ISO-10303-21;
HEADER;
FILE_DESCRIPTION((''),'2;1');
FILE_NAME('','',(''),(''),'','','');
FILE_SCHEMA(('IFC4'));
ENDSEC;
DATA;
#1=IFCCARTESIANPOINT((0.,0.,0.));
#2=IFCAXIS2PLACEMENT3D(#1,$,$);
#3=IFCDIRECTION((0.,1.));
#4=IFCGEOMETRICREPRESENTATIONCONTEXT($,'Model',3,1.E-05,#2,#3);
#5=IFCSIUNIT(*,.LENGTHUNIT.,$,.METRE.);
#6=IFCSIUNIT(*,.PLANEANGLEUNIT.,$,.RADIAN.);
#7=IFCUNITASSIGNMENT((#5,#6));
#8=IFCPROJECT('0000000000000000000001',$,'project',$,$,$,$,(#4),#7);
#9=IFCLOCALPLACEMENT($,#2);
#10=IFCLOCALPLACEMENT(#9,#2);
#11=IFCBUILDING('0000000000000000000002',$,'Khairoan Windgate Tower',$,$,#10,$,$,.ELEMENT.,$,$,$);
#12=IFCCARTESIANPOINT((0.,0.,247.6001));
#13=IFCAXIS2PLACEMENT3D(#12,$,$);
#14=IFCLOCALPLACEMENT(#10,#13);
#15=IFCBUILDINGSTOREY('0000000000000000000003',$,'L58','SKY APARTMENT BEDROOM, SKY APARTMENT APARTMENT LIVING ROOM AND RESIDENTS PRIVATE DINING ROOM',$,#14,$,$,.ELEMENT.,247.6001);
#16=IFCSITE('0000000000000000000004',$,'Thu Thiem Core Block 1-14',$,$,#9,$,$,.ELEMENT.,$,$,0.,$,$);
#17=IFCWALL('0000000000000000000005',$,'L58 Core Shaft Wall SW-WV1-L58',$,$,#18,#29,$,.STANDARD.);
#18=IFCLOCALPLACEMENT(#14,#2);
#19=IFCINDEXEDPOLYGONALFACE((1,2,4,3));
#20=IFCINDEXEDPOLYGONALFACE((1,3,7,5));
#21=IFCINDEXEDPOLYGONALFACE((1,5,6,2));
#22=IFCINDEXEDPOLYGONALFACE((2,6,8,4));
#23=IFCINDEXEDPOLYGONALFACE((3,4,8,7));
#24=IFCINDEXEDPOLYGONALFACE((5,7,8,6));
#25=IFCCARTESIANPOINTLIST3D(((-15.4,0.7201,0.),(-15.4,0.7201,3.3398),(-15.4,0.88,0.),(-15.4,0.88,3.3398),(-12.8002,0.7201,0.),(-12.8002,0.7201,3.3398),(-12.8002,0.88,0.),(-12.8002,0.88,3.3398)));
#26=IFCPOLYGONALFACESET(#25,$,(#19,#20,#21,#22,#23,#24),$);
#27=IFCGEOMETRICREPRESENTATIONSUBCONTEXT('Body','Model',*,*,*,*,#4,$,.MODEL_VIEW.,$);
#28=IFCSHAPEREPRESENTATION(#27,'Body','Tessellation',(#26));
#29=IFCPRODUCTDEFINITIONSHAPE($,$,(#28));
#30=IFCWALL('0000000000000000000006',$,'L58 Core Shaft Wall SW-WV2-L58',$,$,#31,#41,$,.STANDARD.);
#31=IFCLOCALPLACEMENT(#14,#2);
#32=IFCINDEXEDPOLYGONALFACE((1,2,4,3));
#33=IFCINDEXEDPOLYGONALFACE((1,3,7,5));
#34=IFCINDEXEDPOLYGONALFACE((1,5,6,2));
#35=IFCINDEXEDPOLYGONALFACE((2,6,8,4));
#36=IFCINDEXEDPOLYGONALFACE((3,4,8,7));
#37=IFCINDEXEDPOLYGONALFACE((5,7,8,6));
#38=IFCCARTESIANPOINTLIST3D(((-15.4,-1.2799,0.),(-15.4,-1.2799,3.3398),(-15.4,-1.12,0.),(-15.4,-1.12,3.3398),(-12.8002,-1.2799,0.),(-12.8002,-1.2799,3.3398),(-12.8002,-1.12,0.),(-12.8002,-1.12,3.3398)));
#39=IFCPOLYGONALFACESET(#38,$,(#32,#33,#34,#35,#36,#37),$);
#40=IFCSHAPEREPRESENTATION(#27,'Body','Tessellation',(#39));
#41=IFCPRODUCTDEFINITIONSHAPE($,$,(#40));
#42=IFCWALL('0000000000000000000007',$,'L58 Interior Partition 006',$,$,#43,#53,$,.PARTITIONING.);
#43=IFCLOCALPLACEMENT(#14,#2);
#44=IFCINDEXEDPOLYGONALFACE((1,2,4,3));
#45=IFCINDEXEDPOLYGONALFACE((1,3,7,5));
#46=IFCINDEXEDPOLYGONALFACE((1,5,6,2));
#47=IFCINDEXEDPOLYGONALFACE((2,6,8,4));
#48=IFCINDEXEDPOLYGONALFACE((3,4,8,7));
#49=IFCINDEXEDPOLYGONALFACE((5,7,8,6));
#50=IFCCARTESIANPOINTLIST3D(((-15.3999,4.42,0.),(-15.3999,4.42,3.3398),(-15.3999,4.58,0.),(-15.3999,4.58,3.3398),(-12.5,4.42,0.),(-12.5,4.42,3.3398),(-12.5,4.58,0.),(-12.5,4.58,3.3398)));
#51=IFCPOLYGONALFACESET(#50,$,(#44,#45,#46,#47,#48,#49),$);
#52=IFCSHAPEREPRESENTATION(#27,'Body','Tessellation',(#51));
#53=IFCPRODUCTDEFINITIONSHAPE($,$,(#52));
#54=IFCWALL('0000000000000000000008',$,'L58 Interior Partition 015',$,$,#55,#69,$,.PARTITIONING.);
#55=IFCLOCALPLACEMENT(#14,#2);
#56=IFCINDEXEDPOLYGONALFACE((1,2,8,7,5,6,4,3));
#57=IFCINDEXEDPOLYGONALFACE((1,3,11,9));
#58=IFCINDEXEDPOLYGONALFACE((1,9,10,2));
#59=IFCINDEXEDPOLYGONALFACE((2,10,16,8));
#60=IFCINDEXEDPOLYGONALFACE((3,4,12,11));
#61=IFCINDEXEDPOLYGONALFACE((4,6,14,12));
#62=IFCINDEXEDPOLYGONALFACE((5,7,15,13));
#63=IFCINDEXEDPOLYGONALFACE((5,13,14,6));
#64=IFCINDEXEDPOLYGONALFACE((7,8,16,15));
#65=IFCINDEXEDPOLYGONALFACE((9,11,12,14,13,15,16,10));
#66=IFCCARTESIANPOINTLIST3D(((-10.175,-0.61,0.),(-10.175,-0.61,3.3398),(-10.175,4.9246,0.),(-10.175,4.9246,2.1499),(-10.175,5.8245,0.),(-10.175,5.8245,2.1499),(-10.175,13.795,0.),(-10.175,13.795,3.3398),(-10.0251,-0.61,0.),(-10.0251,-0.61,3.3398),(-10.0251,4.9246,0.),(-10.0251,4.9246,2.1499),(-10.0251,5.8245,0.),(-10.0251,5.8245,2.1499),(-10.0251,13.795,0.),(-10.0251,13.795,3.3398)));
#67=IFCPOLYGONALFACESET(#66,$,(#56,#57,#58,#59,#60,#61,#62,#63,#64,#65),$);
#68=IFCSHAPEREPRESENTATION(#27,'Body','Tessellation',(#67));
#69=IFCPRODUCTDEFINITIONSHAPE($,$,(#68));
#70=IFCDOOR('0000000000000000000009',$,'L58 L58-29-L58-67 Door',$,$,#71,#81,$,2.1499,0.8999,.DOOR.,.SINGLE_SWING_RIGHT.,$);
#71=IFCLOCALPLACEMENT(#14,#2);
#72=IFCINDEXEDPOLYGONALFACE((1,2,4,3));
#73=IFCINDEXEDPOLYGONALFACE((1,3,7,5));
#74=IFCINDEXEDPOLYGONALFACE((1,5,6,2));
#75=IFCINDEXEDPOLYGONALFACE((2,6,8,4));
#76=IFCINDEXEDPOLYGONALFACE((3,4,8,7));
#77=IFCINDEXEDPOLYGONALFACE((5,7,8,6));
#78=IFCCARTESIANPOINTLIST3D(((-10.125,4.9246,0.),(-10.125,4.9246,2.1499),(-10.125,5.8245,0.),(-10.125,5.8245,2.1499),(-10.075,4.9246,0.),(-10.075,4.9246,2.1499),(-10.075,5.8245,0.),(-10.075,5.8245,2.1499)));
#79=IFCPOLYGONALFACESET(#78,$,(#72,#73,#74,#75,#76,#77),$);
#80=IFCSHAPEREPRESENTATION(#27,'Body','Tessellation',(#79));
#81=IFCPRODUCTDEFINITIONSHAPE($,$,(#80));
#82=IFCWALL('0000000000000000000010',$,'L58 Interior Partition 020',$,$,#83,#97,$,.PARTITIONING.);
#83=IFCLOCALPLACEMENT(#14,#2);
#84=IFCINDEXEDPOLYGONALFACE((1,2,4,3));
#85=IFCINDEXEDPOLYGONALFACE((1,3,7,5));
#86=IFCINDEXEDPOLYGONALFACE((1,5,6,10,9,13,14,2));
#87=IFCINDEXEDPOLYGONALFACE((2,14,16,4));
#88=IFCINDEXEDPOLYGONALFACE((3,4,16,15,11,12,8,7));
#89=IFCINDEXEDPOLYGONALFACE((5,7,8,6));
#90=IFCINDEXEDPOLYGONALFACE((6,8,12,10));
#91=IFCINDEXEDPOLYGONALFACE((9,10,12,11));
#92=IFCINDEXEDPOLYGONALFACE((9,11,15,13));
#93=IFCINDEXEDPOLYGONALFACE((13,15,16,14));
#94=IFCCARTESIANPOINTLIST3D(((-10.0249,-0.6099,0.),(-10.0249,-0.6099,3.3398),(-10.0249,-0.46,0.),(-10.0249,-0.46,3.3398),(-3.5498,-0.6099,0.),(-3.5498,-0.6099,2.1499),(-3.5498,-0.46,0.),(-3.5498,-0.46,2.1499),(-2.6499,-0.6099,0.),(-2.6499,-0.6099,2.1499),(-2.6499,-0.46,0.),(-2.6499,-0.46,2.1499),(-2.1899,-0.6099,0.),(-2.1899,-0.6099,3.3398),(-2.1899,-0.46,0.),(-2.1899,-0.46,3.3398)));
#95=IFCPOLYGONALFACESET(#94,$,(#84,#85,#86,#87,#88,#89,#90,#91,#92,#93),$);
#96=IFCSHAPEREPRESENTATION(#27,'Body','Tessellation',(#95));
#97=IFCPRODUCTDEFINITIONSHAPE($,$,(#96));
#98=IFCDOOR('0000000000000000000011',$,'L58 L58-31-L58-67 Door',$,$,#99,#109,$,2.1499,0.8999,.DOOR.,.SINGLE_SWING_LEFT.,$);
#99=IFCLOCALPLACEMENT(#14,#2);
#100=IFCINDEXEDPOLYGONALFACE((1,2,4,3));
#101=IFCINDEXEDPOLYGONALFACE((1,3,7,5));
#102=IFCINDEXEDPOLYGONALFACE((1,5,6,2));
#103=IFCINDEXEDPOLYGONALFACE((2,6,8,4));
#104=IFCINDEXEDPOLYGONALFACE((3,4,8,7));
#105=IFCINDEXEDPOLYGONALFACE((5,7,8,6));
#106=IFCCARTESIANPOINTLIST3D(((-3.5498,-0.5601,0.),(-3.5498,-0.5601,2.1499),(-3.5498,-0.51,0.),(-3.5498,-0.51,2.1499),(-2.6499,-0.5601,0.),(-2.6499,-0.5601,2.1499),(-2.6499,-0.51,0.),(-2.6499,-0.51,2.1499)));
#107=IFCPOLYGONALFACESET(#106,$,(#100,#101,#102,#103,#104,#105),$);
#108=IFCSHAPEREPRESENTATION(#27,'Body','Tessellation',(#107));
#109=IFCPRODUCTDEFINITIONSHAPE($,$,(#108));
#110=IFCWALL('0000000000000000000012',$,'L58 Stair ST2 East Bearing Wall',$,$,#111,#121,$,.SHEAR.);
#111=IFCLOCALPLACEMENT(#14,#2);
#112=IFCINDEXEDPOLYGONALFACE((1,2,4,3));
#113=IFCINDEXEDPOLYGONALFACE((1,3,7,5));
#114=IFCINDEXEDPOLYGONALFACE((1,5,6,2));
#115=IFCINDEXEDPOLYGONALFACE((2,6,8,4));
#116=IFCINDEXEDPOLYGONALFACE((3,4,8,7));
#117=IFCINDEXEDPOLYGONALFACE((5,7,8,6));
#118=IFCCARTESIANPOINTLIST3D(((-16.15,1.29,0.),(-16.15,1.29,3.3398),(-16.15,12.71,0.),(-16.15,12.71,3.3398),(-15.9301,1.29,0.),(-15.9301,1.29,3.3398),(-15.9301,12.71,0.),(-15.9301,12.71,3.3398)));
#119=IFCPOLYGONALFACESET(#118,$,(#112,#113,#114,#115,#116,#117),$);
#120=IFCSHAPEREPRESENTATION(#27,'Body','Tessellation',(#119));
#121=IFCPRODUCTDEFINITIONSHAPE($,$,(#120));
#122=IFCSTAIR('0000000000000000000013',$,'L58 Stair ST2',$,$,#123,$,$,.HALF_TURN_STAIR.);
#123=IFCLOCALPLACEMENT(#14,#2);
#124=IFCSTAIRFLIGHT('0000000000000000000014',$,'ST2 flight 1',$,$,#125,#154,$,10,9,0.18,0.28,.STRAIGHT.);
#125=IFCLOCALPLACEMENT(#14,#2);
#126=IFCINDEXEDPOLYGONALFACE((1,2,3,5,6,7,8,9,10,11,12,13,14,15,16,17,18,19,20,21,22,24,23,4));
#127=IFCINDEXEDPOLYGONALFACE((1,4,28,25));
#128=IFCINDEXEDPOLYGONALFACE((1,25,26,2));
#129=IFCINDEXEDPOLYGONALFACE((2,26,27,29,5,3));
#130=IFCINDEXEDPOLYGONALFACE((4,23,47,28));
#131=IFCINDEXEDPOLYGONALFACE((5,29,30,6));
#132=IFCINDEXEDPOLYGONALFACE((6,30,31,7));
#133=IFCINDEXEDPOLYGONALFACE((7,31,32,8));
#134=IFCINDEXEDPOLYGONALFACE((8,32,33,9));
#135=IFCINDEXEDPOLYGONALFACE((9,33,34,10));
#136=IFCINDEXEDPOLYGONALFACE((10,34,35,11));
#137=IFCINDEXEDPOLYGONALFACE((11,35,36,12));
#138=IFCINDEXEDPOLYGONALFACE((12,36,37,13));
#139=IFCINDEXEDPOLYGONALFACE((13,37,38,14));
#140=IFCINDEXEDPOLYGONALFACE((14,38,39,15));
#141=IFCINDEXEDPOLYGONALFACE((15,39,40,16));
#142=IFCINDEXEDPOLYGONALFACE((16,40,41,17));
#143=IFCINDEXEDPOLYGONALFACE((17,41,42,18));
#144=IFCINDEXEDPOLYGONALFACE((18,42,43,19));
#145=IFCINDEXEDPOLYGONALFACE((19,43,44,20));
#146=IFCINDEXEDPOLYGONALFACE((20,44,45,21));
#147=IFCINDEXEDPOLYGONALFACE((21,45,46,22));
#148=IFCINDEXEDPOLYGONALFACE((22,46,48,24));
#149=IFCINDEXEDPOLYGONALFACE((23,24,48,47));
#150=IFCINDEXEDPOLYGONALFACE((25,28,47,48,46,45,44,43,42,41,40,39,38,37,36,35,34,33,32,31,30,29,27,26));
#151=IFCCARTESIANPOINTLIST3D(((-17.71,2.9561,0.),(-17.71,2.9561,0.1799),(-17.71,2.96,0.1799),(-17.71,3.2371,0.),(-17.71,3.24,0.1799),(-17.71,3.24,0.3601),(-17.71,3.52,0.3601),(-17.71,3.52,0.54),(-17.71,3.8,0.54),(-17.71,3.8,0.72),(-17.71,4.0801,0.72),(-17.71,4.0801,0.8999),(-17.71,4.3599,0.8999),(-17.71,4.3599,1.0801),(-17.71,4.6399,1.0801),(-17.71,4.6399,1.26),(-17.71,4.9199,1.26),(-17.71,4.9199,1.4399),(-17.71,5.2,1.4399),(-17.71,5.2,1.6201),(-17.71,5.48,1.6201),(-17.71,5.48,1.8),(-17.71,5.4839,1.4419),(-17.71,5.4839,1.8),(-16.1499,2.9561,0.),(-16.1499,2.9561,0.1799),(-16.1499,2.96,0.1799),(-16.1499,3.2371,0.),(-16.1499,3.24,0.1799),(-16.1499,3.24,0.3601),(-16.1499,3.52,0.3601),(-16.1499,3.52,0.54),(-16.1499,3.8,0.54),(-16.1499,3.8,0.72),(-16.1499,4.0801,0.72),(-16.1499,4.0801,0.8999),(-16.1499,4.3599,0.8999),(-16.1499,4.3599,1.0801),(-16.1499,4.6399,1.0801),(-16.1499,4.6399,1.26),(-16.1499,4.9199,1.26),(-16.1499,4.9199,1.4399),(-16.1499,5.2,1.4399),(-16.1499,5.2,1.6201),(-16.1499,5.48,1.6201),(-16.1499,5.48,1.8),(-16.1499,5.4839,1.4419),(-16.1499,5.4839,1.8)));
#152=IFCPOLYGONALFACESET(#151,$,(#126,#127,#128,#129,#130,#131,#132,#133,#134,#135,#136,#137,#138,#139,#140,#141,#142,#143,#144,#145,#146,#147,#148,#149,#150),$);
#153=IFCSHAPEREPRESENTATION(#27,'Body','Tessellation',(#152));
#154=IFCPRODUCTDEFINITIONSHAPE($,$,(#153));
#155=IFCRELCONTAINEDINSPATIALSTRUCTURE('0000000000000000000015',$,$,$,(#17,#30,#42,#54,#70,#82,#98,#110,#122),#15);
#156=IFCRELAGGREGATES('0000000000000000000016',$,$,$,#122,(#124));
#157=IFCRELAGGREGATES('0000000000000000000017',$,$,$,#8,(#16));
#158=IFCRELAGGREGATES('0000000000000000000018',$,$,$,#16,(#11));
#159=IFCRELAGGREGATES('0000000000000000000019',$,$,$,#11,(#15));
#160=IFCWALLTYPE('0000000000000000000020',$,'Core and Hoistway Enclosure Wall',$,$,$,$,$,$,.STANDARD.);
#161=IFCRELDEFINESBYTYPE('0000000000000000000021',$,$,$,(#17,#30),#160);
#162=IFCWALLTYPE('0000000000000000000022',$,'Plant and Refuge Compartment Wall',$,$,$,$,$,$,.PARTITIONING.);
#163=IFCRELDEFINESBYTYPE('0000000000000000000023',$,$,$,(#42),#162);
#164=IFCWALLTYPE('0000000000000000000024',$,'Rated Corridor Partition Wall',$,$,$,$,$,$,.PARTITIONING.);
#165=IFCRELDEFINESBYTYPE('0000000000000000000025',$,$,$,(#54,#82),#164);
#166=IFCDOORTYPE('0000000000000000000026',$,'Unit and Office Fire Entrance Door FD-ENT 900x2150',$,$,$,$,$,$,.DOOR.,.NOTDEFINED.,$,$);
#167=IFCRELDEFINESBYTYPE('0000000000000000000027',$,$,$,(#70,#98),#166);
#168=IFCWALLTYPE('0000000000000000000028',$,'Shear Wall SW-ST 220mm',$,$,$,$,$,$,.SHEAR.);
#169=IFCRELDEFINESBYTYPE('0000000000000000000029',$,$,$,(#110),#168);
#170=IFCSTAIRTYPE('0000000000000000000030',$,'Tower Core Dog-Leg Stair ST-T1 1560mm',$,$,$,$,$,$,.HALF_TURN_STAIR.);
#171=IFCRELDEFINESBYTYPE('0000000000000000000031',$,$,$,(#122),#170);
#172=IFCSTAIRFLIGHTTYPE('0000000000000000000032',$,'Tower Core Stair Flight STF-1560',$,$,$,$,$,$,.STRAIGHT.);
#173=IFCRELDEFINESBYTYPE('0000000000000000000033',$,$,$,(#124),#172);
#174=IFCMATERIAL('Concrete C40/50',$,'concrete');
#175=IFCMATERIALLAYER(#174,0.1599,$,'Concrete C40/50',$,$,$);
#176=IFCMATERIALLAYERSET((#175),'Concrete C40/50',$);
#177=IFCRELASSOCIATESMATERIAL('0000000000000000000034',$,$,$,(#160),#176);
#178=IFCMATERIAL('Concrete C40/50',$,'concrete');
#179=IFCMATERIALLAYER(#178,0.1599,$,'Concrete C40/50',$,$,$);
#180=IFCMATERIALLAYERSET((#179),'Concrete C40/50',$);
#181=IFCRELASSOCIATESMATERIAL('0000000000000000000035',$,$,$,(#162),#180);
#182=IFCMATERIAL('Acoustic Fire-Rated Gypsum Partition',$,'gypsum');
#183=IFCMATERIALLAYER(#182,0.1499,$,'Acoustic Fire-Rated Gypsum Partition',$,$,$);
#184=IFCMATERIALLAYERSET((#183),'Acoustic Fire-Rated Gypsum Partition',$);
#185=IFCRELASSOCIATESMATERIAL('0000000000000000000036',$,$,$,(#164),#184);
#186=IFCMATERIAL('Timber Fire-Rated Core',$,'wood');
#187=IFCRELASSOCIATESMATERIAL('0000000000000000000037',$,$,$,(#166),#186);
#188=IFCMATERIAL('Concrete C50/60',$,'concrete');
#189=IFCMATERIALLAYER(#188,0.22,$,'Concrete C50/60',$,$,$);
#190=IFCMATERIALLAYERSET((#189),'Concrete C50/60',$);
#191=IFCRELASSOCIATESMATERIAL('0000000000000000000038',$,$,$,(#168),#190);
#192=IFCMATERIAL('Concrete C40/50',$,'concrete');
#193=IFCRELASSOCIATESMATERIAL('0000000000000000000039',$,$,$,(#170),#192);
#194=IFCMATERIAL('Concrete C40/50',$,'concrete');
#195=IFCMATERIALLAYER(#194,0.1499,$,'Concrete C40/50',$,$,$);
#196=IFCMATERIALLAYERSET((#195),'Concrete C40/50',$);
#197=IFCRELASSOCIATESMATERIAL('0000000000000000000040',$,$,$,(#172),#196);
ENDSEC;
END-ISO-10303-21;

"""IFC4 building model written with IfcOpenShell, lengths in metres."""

from ifc_helpers import new_model, si_unit, direction, frame, frame_2d, origin, place, context, subcontext, project, spatial, polyline, rectangle, outline, extrude, material, layer, layer_set, type_object, element, fill, aggregate, save


model = new_model("IFC4")

# Units and contexts
model_context = context("Model", 3, precision=1e-05, world=origin(), true_north=direction((0.0, 1.0)))
body_context = subcontext(model_context, "Body", "Model", "MODEL_VIEW")
ifc_project = project(units=[si_unit("LENGTHUNIT", "METRE"), si_unit("PLANEANGLEUNIT", "RADIAN")], contexts=[model_context])

# Site, building, storey
site_placement = place(None, origin())
site = spatial("IfcSite", under=ifc_project, at=site_placement, Name="Thu Thiem Core Block 1-14", CompositionType="ELEMENT", RefElevation=0.0)
building_placement = place(site_placement, origin())
building = spatial("IfcBuilding", under=site, at=building_placement, Name="Khairoan Windgate Tower", CompositionType="ELEMENT")
storey_placement = place(building_placement, frame((0.0, 0.0, 247.6001)))
storey = spatial("IfcBuildingStorey", under=building, at=storey_placement, Name="L58", Description="SKY APARTMENT BEDROOM, SKY APARTMENT APARTMENT LIVING ROOM AND RESIDENTS PRIVATE DINING ROOM", CompositionType="ELEMENT", Elevation=247.6001)

# Walls
ifc_material_1 = material(Name="Concrete C40/50", Category="concrete")
ifc_layer_1 = layer(ifc_material_1, 0.1599, Name="Concrete C40/50")
ifc_layer_set_1 = layer_set([ifc_layer_1], Name="Concrete C40/50")
wall_type_1 = type_object("IfcWallType", Name="Core and Hoistway Enclosure Wall", PredefinedType="STANDARD", material=ifc_layer_set_1)
for number, where, z_axis, x_axis, name in (
    (1, (-15.3999, 0.8, 0.0), (0.0, 0.0, 1.0), (1.0, 0.0, 0.0), "L58 Core Shaft Wall SW-WV1-L58"),
    (2, (-15.3999, -1.2, 0.0), (0.0, 0.0, 1.0), (1.0, 0.0, 0.0), "L58 Core Shaft Wall SW-WV2-L58"),
):
    element("IfcWall", number, at=place(storey_placement, frame(where, z_axis=z_axis, x_axis=x_axis)), inside=storey, type_object=wall_type_1, Name=name, PredefinedType="STANDARD", context=body_context, shape_type="SweptSolid", body=[
        extrude(rectangle(XDim=2.5999, YDim=0.1599, at=frame_2d((1.2998, 0.0))), origin(), (0.0, 0.0, 1.0), 3.3398),
    ])
ifc_material_2 = material(Name="Concrete C40/50", Category="concrete")
ifc_layer_2 = layer(ifc_material_2, 0.1599, Name="Concrete C40/50")
ifc_layer_set_2 = layer_set([ifc_layer_2], Name="Concrete C40/50")
wall_type_2 = type_object("IfcWallType", Name="Plant and Refuge Compartment Wall", PredefinedType="PARTITIONING", material=ifc_layer_set_2)
wall_1_placement = place(storey_placement, frame((-15.3999, 4.5, 0.0), z_axis=(0.0, 0.0, 1.0), x_axis=(1.0, 0.0, 0.0)))
element("IfcWall", 3, at=wall_1_placement, inside=storey, type_object=wall_type_2, Name="L58 Interior Partition 006", PredefinedType="PARTITIONING", context=body_context, shape_type="SweptSolid", body=[
    extrude(rectangle(XDim=2.8999, YDim=0.1599, at=frame_2d((1.45, 0.0))), origin(), (0.0, 0.0, 1.0), 3.3398),
])

# Walls, openings, doors
ifc_material_3 = material(Name="Acoustic Fire-Rated Gypsum Partition", Category="gypsum")
ifc_layer_3 = layer(ifc_material_3, 0.1499, Name="Acoustic Fire-Rated Gypsum Partition")
ifc_layer_set_3 = layer_set([ifc_layer_3], Name="Acoustic Fire-Rated Gypsum Partition")
wall_type_3 = type_object("IfcWallType", Name="Rated Corridor Partition Wall", PredefinedType="PARTITIONING", material=ifc_layer_set_3)
wall_2_placement = place(storey_placement, frame((-10.1001, -0.6101, 0.0), z_axis=(0.0, 0.0, 1.0), x_axis=(0.0, 1.0, 0.0)))
wall_2 = element("IfcWall", 4, at=wall_2_placement, inside=storey, type_object=wall_type_3, Name="L58 Interior Partition 015", PredefinedType="PARTITIONING", context=body_context, shape_type="SweptSolid", body=[
    extrude(rectangle(XDim=14.405, YDim=0.1499, at=frame_2d((7.2026, 0.0))), origin(), (0.0, 0.0, 1.0), 3.3398),
])
opening_1_placement = place(wall_2_placement, frame((5.5347, 0.0, 0.0)))
opening_1 = element("IfcOpeningElement", 5, at=opening_1_placement, cuts=wall_2, PredefinedType="OPENING", context=body_context, shape_type="SweptSolid", body=[
    extrude(rectangle(XDim=0.8999, YDim=2.1499, at=frame_2d((0.45, 1.075))), frame((0.0, 0.085, 0.0), z_axis=(0.0, -1.0, 0.0), x_axis=(1.0, 0.0, 0.0)), (0.0, 0.0, 1.0), 0.1699),
])
ifc_material_4 = material(Name="Timber Fire-Rated Core", Category="wood")
door_type = type_object("IfcDoorType", Name="Unit and Office Fire Entrance Door FD-ENT 900x2150", OperationType="NOTDEFINED", PredefinedType="DOOR", material=ifc_material_4)
door_1_placement = place(opening_1_placement, origin())
door_1 = element("IfcDoor", 6, at=door_1_placement, inside=storey, type_object=door_type, Name="L58 L58-29-L58-67 Door", OperationType="SINGLE_SWING_RIGHT", OverallHeight=2.1499, OverallWidth=0.8999, PredefinedType="DOOR", context=body_context, shape_type="SweptSolid", body=[
    extrude(rectangle(XDim=0.8999, YDim=2.1499, at=frame_2d((0.45, 1.075))), frame((0.0, 0.0249, 0.0), z_axis=(0.0, -1.0, 0.0), x_axis=(1.0, 0.0, 0.0)), (0.0, 0.0, 1.0), 0.05),
])
fill(opening_1, door_1)
wall_3_placement = place(storey_placement, frame((-10.0249, -0.5349, 0.0), z_axis=(0.0, 0.0, 1.0), x_axis=(1.0, 0.0, 0.0)))
wall_3 = element("IfcWall", 7, at=wall_3_placement, inside=storey, type_object=wall_type_3, Name="L58 Interior Partition 020", PredefinedType="PARTITIONING", context=body_context, shape_type="SweptSolid", body=[
    extrude(rectangle(XDim=7.835, YDim=0.1499, at=frame_2d((3.9175, 0.0))), origin(), (0.0, 0.0, 1.0), 3.3398),
])
opening_2_placement = place(wall_3_placement, frame((6.4751, 0.0, 0.0)))
opening_2 = element("IfcOpeningElement", 8, at=opening_2_placement, cuts=wall_3, PredefinedType="OPENING", context=body_context, shape_type="SweptSolid", body=[
    extrude(rectangle(XDim=0.8999, YDim=2.1499, at=frame_2d((0.45, 1.075))), frame((0.0, 0.085, 0.0), z_axis=(0.0, -1.0, 0.0), x_axis=(1.0, 0.0, 0.0)), (0.0, 0.0, 1.0), 0.1699),
])
door_2_placement = place(opening_2_placement, origin())
door_2 = element("IfcDoor", 9, at=door_2_placement, inside=storey, type_object=door_type, Name="L58 L58-31-L58-67 Door", OperationType="SINGLE_SWING_LEFT", OverallHeight=2.1499, OverallWidth=0.8999, PredefinedType="DOOR", context=body_context, shape_type="SweptSolid", body=[
    extrude(rectangle(XDim=0.8999, YDim=2.1499, at=frame_2d((0.45, 1.075))), frame((0.0, 0.0249, 0.0), z_axis=(0.0, -1.0, 0.0), x_axis=(1.0, 0.0, 0.0)), (0.0, 0.0, 1.0), 0.05),
])
fill(opening_2, door_2)

# Wall
ifc_material_5 = material(Name="Concrete C50/60", Category="concrete")
ifc_layer_4 = layer(ifc_material_5, 0.22, Name="Concrete C50/60")
ifc_layer_set_4 = layer_set([ifc_layer_4], Name="Concrete C50/60")
wall_type_4 = type_object("IfcWallType", Name="Shear Wall SW-ST 220mm", PredefinedType="SHEAR", material=ifc_layer_set_4)
wall_4_placement = place(storey_placement, frame((-16.04, 1.29, 0.0), z_axis=(0.0, 0.0, 1.0), x_axis=(0.0, 1.0, 0.0)))
element("IfcWall", 10, at=wall_4_placement, inside=storey, type_object=wall_type_4, Name="L58 Stair ST2 East Bearing Wall", PredefinedType="SHEAR", context=body_context, shape_type="SweptSolid", body=[
    extrude(rectangle(XDim=11.4199, YDim=0.22, at=frame_2d((5.71, 0.0))), origin(), (0.0, 0.0, 1.0), 3.3398),
])

# Stair, stair flight
ifc_material_6 = material(Name="Concrete C40/50", Category="concrete")
stair_type = type_object("IfcStairType", Name="Tower Core Dog-Leg Stair ST-T1 1560mm", PredefinedType="HALF_TURN_STAIR", material=ifc_material_6)
stair_placement = place(storey_placement, origin())
stair = element("IfcStair", 11, at=stair_placement, inside=storey, type_object=stair_type, Name="L58 Stair ST2", PredefinedType="HALF_TURN_STAIR")
ifc_material_7 = material(Name="Concrete C40/50", Category="concrete")
ifc_layer_5 = layer(ifc_material_7, 0.1499, Name="Concrete C40/50")
ifc_layer_set_5 = layer_set([ifc_layer_5], Name="Concrete C40/50")
stair_flight_type = type_object("IfcStairFlightType", Name="Tower Core Stair Flight STF-1560", PredefinedType="STRAIGHT", material=ifc_layer_set_5)
stair_flight_placement = place(storey_placement, frame((-16.9299, 2.96, 0.0), z_axis=(0.0, 0.0, 1.0), x_axis=(0.0, 1.0, 0.0)))
stair_flight = element("IfcStairFlight", 12, at=stair_flight_placement, type_object=stair_flight_type, Name="ST2 flight 1", NumberOfRisers=10, NumberOfTreads=9, PredefinedType="STRAIGHT", RiserHeight=0.18, TreadLength=0.28, context=body_context, shape_type="SweptSolid", body=[
    extrude(outline(polyline([(-0.0039, 0.0), (-0.0039, 0.1799), (0.0, 0.1799), (0.28, 0.1799), (0.28, 0.3601), (0.5601, 0.3601), (0.5601, 0.54), (0.8401, 0.54), (0.8401, 0.72), (1.1201, 0.72), (1.1201, 0.8999), (1.3999, 0.8999), (1.3999, 1.0801), (1.6799, 1.0801), (1.6799, 1.26), (1.96, 1.26), (1.96, 1.4399), (2.24, 1.4399), (2.24, 1.6201), (2.52, 1.6201), (2.52, 1.8), (2.5239, 1.8), (2.5239, 1.4419), (0.2771, 0.0), (-0.0039, 0.0)])), frame((0.0, 0.78, 0.0), z_axis=(0.0, -1.0, 0.0), x_axis=(1.0, 0.0, 0.0)), (0.0, 0.0, 1.0), 1.5601),
])
aggregate(stair, [stair_flight])

save(model, "model.ifc")
